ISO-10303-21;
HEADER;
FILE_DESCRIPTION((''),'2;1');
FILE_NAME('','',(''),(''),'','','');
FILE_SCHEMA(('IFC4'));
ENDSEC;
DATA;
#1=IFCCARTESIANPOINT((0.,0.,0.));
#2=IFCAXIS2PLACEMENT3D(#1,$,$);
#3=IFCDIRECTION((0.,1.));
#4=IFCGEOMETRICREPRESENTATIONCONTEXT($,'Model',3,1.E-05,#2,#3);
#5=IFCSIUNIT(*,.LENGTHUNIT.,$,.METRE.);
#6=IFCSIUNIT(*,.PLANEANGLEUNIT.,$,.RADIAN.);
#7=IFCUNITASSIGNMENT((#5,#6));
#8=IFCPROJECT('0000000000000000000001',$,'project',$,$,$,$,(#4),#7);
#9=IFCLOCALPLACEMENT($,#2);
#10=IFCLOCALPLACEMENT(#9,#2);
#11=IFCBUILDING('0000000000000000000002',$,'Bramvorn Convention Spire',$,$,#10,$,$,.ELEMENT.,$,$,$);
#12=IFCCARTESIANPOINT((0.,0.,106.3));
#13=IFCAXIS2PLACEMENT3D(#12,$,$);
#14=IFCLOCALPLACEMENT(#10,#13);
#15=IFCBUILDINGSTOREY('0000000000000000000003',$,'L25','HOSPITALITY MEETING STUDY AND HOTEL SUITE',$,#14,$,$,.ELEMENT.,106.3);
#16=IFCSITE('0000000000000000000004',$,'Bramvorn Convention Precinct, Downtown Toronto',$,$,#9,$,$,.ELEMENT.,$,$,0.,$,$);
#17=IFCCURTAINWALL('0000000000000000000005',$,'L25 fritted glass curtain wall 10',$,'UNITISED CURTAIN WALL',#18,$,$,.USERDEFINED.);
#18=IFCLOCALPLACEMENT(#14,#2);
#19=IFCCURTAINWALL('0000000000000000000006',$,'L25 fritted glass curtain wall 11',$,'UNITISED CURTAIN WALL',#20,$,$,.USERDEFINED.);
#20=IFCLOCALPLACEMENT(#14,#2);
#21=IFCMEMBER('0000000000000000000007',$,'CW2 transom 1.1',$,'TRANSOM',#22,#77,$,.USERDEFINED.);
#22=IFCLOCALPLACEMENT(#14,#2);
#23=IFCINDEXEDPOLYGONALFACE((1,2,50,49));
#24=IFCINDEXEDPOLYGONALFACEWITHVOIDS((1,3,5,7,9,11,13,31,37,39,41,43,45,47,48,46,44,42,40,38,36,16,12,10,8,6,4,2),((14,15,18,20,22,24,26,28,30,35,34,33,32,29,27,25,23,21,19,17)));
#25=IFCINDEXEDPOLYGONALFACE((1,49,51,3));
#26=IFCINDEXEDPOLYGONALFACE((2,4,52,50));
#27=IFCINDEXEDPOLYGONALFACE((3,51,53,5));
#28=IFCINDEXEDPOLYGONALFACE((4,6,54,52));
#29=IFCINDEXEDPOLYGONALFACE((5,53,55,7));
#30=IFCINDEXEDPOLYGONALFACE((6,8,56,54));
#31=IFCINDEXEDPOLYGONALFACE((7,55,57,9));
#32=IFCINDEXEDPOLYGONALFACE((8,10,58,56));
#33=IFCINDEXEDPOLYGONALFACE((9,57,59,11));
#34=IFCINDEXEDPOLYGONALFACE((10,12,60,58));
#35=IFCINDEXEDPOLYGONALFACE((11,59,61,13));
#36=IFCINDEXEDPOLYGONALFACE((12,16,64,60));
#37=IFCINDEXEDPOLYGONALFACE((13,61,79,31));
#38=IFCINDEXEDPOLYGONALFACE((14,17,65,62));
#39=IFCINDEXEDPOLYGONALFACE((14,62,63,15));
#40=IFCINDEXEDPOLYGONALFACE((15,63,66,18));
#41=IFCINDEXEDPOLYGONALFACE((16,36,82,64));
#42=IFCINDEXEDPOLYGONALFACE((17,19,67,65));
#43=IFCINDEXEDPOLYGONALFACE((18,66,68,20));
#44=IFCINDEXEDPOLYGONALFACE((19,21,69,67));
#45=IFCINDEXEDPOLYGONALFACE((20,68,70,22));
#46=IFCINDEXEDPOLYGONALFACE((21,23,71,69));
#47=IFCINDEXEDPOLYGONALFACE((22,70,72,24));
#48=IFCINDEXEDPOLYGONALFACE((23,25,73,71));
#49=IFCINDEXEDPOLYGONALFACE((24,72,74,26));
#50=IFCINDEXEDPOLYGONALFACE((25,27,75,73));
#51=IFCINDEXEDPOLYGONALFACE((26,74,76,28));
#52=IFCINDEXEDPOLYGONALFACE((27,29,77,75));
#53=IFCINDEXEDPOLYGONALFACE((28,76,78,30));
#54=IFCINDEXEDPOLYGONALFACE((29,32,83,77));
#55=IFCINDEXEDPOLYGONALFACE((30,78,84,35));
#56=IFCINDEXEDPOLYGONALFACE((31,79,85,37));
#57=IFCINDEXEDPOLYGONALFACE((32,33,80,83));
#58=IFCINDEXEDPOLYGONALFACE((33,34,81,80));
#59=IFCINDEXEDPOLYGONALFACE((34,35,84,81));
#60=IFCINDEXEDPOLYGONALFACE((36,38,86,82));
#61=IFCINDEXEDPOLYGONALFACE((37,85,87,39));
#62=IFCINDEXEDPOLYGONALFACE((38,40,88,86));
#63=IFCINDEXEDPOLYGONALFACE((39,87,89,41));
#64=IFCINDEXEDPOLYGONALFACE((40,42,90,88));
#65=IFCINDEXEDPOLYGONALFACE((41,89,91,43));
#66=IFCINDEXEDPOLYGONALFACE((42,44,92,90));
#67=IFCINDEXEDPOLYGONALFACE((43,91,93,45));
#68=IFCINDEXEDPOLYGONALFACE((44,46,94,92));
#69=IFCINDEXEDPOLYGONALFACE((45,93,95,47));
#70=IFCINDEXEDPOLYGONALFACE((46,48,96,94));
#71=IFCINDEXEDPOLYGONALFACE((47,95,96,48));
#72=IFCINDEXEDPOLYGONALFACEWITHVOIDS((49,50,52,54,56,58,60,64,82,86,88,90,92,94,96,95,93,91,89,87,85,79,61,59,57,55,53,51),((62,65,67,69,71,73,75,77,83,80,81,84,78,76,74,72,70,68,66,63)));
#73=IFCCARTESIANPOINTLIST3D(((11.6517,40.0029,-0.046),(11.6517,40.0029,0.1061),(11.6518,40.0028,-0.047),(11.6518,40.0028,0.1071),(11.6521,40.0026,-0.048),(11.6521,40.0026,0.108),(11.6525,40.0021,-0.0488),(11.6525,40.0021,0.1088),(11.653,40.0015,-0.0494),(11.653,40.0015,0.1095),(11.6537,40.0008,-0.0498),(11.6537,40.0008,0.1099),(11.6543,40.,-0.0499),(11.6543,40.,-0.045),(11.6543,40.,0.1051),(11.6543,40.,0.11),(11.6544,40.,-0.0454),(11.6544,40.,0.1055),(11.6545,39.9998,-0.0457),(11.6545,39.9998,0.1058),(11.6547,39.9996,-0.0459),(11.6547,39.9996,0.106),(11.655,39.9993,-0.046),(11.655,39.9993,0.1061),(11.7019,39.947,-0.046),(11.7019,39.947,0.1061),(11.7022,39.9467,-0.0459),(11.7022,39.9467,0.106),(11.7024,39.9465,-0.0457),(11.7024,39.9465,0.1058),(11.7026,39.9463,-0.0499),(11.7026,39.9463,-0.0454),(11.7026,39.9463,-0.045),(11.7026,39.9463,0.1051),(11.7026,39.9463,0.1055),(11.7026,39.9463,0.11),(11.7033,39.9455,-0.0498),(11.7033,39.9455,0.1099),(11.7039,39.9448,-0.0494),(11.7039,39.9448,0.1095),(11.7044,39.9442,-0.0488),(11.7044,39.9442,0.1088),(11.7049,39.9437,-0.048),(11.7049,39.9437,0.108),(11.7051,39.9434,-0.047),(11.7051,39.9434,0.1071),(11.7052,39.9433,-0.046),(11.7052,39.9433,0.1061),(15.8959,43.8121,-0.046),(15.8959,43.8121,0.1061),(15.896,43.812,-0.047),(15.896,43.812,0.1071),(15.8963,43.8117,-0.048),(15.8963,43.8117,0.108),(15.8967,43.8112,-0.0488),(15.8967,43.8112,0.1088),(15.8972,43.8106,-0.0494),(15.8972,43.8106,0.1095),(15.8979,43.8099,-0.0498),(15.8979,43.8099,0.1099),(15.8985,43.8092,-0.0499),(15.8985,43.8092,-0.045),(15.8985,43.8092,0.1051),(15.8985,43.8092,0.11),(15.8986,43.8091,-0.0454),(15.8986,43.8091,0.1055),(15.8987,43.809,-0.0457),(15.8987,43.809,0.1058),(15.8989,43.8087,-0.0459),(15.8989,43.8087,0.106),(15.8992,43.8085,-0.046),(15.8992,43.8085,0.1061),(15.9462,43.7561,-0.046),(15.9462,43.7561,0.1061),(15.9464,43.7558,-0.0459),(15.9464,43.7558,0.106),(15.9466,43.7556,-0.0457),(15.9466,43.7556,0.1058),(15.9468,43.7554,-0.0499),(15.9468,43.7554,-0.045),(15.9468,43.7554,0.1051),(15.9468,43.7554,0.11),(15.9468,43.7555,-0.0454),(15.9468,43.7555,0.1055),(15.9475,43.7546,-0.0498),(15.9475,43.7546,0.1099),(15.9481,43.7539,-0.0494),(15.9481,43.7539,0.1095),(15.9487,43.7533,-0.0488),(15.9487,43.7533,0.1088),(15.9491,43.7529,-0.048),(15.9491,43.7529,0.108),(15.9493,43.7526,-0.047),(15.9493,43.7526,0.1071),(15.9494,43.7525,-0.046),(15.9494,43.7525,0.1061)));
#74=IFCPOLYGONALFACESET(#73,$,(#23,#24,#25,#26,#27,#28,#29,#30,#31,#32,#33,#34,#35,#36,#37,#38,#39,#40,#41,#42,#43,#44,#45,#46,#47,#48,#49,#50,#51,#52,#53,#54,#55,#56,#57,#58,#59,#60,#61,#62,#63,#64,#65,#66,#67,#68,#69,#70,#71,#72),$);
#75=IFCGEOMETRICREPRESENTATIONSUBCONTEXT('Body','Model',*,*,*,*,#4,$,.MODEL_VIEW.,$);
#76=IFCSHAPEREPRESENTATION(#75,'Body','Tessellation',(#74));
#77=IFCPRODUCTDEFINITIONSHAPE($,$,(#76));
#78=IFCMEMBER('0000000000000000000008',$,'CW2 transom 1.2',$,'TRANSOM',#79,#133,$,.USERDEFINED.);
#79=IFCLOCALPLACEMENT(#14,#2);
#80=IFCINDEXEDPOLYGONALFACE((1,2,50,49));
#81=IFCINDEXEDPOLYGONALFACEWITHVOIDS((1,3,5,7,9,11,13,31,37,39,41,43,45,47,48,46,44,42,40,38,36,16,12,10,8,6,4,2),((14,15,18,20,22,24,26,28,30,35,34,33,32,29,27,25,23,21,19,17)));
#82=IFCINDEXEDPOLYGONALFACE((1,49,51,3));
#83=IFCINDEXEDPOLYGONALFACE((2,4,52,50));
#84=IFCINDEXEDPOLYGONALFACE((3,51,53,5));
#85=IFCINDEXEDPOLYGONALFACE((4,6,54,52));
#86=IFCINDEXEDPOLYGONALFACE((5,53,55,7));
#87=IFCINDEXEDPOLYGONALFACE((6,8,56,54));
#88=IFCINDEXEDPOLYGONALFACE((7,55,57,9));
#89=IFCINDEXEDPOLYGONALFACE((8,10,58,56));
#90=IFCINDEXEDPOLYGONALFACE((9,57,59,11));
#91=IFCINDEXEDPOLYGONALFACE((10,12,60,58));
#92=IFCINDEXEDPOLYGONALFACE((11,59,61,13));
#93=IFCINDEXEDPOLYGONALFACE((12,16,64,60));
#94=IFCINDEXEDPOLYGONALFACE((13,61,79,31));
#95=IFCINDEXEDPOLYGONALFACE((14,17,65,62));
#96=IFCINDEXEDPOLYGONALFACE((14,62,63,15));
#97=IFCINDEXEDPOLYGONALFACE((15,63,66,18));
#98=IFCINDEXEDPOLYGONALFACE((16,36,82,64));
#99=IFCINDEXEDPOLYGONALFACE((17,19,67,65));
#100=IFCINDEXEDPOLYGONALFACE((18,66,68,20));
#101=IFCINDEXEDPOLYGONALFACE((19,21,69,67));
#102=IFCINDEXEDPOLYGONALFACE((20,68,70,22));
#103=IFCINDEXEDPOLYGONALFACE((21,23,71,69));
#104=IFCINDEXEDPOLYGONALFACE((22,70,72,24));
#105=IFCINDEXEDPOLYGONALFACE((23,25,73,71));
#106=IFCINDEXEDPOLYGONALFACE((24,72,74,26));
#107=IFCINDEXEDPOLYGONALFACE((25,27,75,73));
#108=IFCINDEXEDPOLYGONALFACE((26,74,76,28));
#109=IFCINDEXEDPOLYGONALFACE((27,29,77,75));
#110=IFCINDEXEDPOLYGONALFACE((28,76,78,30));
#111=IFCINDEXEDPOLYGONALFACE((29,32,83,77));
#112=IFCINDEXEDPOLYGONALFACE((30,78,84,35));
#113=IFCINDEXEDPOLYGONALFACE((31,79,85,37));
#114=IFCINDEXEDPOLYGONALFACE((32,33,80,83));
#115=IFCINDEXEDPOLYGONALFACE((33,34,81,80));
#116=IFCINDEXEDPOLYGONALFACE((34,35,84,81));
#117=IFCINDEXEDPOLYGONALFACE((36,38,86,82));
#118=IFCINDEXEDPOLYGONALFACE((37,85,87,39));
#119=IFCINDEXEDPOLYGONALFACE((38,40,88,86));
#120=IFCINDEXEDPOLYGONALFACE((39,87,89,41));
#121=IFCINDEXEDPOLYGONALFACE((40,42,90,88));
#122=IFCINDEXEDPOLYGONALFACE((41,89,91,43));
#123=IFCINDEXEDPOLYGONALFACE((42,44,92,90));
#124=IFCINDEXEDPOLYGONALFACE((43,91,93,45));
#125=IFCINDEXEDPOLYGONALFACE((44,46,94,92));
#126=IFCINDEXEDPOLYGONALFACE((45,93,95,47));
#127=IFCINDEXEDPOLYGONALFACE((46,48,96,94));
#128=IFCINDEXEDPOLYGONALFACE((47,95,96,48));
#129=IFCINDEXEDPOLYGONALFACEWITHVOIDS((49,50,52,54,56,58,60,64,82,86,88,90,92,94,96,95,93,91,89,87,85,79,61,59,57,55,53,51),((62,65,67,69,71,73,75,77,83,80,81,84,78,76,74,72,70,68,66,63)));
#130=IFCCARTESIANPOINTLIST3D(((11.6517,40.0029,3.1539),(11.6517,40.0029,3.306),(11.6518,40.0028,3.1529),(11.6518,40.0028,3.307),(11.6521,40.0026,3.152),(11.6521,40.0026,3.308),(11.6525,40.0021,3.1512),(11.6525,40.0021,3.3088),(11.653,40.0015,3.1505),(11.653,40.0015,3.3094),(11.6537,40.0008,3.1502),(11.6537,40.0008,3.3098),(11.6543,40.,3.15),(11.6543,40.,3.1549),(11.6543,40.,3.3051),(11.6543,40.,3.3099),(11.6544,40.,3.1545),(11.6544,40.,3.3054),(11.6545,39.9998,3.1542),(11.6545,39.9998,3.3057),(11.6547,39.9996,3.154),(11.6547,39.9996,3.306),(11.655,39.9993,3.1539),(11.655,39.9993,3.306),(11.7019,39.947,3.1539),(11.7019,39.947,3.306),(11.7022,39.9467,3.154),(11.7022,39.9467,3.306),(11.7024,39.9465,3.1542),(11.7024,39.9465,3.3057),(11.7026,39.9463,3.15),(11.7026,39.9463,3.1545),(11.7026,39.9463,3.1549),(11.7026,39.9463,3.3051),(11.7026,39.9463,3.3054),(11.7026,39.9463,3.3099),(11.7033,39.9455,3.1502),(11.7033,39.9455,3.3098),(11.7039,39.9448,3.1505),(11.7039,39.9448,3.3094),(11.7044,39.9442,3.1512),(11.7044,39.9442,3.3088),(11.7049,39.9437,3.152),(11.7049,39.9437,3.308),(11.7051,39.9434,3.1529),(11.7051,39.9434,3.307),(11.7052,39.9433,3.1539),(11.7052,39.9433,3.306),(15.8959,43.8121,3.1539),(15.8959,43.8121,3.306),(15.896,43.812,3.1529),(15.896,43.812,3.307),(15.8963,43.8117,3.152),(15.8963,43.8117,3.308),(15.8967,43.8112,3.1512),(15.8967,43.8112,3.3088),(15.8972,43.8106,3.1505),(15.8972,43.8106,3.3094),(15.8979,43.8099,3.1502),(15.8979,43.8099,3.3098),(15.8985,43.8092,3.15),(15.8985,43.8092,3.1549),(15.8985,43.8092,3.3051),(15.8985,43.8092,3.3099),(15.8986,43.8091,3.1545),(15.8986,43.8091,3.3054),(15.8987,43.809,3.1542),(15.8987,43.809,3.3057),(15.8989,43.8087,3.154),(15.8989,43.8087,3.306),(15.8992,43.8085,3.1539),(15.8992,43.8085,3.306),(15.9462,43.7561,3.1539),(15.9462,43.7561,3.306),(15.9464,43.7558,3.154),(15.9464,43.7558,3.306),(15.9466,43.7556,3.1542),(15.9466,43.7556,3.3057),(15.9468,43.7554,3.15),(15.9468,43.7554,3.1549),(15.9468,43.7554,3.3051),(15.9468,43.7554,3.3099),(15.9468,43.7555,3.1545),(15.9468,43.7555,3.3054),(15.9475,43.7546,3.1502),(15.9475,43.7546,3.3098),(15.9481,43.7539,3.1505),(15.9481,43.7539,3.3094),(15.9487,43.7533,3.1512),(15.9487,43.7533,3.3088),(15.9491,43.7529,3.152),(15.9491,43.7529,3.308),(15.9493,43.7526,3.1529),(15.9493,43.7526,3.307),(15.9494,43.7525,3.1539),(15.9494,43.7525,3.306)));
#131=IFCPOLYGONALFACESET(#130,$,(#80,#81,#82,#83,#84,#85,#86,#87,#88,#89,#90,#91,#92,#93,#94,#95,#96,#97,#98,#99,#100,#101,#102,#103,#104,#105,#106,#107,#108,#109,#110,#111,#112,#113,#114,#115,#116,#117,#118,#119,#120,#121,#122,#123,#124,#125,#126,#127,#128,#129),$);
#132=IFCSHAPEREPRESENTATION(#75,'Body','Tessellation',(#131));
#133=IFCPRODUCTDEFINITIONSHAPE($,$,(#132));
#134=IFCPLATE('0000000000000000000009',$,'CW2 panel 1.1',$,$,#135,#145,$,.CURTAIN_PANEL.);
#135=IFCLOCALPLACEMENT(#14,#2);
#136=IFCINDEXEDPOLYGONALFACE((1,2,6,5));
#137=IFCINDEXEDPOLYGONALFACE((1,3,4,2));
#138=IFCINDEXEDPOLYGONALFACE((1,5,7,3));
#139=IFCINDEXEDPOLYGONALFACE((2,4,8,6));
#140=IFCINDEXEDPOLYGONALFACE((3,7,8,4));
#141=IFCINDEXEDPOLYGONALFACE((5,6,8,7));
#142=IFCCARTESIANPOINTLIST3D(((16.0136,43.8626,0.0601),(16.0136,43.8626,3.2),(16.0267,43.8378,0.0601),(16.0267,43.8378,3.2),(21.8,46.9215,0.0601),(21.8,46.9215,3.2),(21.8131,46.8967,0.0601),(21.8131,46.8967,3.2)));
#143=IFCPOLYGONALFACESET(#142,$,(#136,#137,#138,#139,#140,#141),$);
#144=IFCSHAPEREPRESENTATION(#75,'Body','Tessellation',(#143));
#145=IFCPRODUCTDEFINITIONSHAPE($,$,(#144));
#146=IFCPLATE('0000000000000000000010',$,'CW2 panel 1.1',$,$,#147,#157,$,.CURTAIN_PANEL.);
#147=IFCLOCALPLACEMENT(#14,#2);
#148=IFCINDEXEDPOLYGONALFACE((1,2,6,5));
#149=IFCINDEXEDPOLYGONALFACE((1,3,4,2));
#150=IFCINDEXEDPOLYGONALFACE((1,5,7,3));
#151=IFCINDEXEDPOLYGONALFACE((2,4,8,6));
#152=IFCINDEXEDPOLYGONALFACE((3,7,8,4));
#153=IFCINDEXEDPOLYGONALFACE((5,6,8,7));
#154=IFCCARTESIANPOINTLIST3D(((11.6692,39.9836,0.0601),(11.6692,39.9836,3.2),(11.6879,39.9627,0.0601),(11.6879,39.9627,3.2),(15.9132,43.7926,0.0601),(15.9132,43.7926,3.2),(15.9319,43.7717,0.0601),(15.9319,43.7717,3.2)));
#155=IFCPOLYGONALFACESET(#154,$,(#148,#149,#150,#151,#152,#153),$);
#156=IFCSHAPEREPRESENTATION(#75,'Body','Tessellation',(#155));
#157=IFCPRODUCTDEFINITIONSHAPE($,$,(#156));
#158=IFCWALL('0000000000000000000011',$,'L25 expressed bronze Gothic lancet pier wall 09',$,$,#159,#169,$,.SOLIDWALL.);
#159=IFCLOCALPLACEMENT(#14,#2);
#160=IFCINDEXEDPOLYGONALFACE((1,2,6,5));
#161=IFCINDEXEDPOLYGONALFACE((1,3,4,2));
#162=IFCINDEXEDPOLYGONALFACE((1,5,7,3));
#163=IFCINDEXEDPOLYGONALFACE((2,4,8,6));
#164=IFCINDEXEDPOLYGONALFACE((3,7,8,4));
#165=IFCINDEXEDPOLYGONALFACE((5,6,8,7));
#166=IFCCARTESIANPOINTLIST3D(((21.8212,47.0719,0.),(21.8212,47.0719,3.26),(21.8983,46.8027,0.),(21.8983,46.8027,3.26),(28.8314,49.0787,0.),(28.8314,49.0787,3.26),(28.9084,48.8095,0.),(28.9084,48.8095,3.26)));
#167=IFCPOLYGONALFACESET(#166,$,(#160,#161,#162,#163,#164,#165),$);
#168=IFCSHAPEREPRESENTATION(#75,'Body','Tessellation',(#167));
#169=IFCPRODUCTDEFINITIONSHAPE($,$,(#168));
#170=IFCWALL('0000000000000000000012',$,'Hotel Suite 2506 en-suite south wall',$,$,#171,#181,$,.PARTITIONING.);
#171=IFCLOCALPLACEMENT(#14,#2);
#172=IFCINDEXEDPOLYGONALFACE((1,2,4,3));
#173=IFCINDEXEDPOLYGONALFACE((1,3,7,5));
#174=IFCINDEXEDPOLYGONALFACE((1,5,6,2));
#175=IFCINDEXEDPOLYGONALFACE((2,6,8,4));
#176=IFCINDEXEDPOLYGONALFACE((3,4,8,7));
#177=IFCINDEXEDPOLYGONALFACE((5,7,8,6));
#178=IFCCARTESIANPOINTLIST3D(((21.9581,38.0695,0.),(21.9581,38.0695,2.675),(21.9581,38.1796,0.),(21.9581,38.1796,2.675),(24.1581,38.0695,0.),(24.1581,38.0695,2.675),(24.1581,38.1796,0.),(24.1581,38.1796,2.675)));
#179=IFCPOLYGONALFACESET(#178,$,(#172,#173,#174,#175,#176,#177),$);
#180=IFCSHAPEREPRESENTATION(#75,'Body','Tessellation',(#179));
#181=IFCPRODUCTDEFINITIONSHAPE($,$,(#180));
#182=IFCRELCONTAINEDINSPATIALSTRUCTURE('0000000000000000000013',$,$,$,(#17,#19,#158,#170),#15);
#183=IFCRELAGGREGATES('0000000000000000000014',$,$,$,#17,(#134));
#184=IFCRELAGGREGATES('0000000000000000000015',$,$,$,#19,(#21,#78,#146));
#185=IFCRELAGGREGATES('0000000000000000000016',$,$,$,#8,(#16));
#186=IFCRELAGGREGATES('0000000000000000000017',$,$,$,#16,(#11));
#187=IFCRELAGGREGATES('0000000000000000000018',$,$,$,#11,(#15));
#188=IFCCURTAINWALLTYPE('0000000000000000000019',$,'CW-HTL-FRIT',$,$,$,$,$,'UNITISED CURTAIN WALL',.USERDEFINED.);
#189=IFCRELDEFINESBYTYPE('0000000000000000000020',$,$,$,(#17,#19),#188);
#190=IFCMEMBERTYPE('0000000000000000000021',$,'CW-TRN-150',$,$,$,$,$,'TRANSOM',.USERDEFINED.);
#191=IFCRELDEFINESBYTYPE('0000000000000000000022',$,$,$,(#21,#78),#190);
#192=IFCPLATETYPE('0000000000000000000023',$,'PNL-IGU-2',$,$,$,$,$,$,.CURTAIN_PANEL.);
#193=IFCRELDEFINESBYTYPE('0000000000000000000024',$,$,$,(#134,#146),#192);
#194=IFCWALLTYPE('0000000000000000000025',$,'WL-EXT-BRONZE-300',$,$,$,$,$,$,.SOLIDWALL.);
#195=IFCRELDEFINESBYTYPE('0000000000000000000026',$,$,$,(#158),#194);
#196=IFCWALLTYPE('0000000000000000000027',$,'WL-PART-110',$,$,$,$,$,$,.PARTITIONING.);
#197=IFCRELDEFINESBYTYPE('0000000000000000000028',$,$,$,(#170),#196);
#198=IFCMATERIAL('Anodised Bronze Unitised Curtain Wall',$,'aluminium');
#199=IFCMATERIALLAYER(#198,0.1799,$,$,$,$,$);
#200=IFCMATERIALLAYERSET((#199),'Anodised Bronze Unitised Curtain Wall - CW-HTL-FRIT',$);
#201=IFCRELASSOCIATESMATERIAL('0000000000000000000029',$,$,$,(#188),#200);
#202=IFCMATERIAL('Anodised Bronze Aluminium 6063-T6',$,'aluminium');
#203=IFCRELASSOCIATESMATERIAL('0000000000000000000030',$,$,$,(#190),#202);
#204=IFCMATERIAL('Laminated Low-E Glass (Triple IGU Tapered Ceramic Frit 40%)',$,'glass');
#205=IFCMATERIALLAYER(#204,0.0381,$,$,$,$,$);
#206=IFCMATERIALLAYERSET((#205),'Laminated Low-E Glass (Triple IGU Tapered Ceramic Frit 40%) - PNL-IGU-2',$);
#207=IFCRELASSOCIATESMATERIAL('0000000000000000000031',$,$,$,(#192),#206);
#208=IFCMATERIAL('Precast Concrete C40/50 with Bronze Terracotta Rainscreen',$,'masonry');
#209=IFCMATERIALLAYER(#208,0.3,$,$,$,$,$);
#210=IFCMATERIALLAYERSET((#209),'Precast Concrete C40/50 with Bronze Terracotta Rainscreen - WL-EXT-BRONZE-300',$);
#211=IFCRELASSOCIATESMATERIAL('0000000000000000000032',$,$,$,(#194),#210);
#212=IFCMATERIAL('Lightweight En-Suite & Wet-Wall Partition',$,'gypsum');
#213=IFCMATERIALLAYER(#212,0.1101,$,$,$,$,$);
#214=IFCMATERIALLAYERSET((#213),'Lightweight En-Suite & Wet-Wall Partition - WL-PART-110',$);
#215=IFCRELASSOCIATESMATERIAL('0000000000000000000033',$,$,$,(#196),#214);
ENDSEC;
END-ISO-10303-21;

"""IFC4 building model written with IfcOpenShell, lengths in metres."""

from ifc_helpers import new_model, si_unit, direction, frame, frame_2d, origin, origin_2d, place, context, subcontext, project, spatial, rectangle, hollow_rectangle, extrude, material, layer, layer_set, material_profile, profile_set, type_object, element, aggregate, save


model = new_model("IFC4")

# Units and contexts
model_context = context("Model", 3, precision=1e-05, world=origin(), true_north=direction((0.0, 1.0)))
body_context = subcontext(model_context, "Body", "Model", "MODEL_VIEW")
ifc_project = project(units=[si_unit("LENGTHUNIT", "METRE"), si_unit("PLANEANGLEUNIT", "RADIAN")], contexts=[model_context])

# Site, building, storey
site_placement = place(None, origin())
site = spatial("IfcSite", under=ifc_project, at=site_placement, Name="Bramvorn Convention Precinct, Downtown Toronto", CompositionType="ELEMENT", RefElevation=0.0)
building_placement = place(site_placement, origin())
building = spatial("IfcBuilding", under=site, at=building_placement, Name="Bramvorn Convention Spire", CompositionType="ELEMENT")
storey_placement = place(building_placement, frame((0.0, 0.0, 106.3)))
storey = spatial("IfcBuildingStorey", under=building, at=storey_placement, Name="L25", Description="HOSPITALITY MEETING STUDY AND HOTEL SUITE", CompositionType="ELEMENT", Elevation=106.3)

# Curtain walls
ifc_material_1 = material(Name="Anodised Bronze Unitised Curtain Wall", Category="aluminium")
ifc_layer_1 = layer(ifc_material_1, 0.1799)
ifc_layer_set_1 = layer_set([ifc_layer_1], Name="Anodised Bronze Unitised Curtain Wall - CW-HTL-FRIT")
curtain_wall_type = type_object("IfcCurtainWallType", Name="CW-HTL-FRIT", ElementType="UNITISED CURTAIN WALL", PredefinedType="USERDEFINED", material=ifc_layer_set_1)
curtain_wall_1_placement = place(storey_placement, origin())
curtain_wall_1 = element("IfcCurtainWall", 1, at=curtain_wall_1_placement, inside=storey, type_object=curtain_wall_type, Name="L25 fritted glass curtain wall 10", ObjectType="UNITISED CURTAIN WALL", PredefinedType="USERDEFINED")
ifc_material_2 = material(Name="Anodised Bronze Aluminium 6063-T6", Category="aluminium")
curtain_wall_2_placement = place(storey_placement, origin())
curtain_wall_2 = element("IfcCurtainWall", 2, at=curtain_wall_2_placement, inside=storey, type_object=curtain_wall_type, Name="L25 fritted glass curtain wall 11", ObjectType="UNITISED CURTAIN WALL", PredefinedType="USERDEFINED")

# Members
ifc_material_profile_1 = material_profile(ifc_material_2, hollow_rectangle(XDim=0.0801, YDim=0.1599, WallThickness=0.0039, InnerFilletRadius=0.001, OuterFilletRadius=0.0039, at=origin_2d()))
ifc_profile_set_1 = profile_set([ifc_material_profile_1], Name="Anodised Bronze Aluminium 6063-T6 - CWT80X160")
member_type_1 = type_object("IfcMemberType", Name="CW-TRN-150", ElementType="TRANSOM", PredefinedType="USERDEFINED", material=ifc_profile_set_1)
member_1_placement = place(storey_placement, frame((11.6785, 39.9731, 0.03), z_axis=(0.744222, 0.667933, 0.0), x_axis=(-0.667933, 0.744222, 0.0)))
member_1 = element("IfcMember", 3, at=member_1_placement, type_object=member_type_1, Name="CW2 transom 1.1", ObjectType="TRANSOM", PredefinedType="USERDEFINED", context=body_context, shape_type="SweptSolid", body=[
    extrude(hollow_rectangle(XDim=0.0801, YDim=0.1599, WallThickness=0.0039, InnerFilletRadius=0.001, OuterFilletRadius=0.0039, at=origin_2d()), origin(), (0.0, 0.0, 1.0), 5.7029),
])
member_2_placement = place(storey_placement, frame((11.6785, 39.9731, 3.23), z_axis=(0.744222, 0.667933, 0.0), x_axis=(-0.667933, 0.744222, 0.0)))
member_2 = element("IfcMember", 4, at=member_2_placement, type_object=member_type_1, Name="CW2 transom 1.2", ObjectType="TRANSOM", PredefinedType="USERDEFINED", context=body_context, shape_type="SweptSolid", body=[
    extrude(hollow_rectangle(XDim=0.0801, YDim=0.1599, WallThickness=0.0039, InnerFilletRadius=0.001, OuterFilletRadius=0.0039, at=origin_2d()), origin(), (0.0, 0.0, 1.0), 5.7029),
])

# Plates
ifc_material_3 = material(Name="Laminated Low-E Glass (Triple IGU Tapered Ceramic Frit 40%)", Category="glass")
ifc_layer_2 = layer(ifc_material_3, 0.0381)
ifc_layer_set_2 = layer_set([ifc_layer_2], Name="Laminated Low-E Glass (Triple IGU Tapered Ceramic Frit 40%) - PNL-IGU-2")
plate_type = type_object("IfcPlateType", Name="PNL-IGU-2", PredefinedType="CURTAIN_PANEL", material=ifc_layer_set_2)
plate_1_placement = place(storey_placement, frame((18.9133, 45.3796, 0.0601), z_axis=(0.0, 0.0, 1.0), x_axis=(0.884074, 0.467348, 0.0)))
plate_1 = element("IfcPlate", 5, at=plate_1_placement, type_object=plate_type, Name="CW2 panel 1.1", PredefinedType="CURTAIN_PANEL", context=body_context, shape_type="SweptSolid", body=[
    extrude(rectangle(XDim=6.5452, YDim=0.0281, at=origin_2d()), origin(), (0.0, 0.0, 1.0), 3.1399),
])
aggregate(curtain_wall_1, [plate_1])
plate_2_placement = place(storey_placement, frame((13.8005, 41.8777, 0.0601), z_axis=(0.0, 0.0, 1.0), x_axis=(0.744221, 0.667934, 0.0)))
plate_2 = element("IfcPlate", 6, at=plate_2_placement, type_object=plate_type, Name="CW2 panel 1.1", PredefinedType="CURTAIN_PANEL", context=body_context, shape_type="SweptSolid", body=[
    extrude(rectangle(XDim=5.7026, YDim=0.0281, at=origin_2d()), origin(), (0.0, 0.0, 1.0), 3.1399),
])
aggregate(curtain_wall_2, [member_1, member_2, plate_2])

# Walls
ifc_material_4 = material(Name="Precast Concrete C40/50 with Bronze Terracotta Rainscreen", Category="masonry")
ifc_layer_3 = layer(ifc_material_4, 0.3)
ifc_layer_set_3 = layer_set([ifc_layer_3], Name="Precast Concrete C40/50 with Bronze Terracotta Rainscreen - WL-EXT-BRONZE-300")
wall_type_1 = type_object("IfcWallType", Name="WL-EXT-BRONZE-300", PredefinedType="SOLIDWALL", material=ifc_layer_set_3)
wall_1_placement = place(storey_placement, frame((21.8596, 46.9373, 0.0), z_axis=(0.0, 0.0, 1.0), x_axis=(0.961382, 0.275216, 0.0)))
element("IfcWall", 7, at=wall_1_placement, inside=storey, type_object=wall_type_1, Name="L25 expressed bronze Gothic lancet pier wall 09", PredefinedType="SOLIDWALL", context=body_context, shape_type="SweptSolid", body=[
    extrude(rectangle(XDim=7.2917, YDim=0.28, at=frame_2d((3.646, 0.0))), origin(), (0.0, 0.0, 1.0), 3.26),
])
ifc_material_5 = material(Name="Lightweight En-Suite & Wet-Wall Partition", Category="gypsum")
ifc_layer_4 = layer(ifc_material_5, 0.1101)
ifc_layer_set_4 = layer_set([ifc_layer_4], Name="Lightweight En-Suite & Wet-Wall Partition - WL-PART-110")
wall_type_2 = type_object("IfcWallType", Name="WL-PART-110", PredefinedType="PARTITIONING", material=ifc_layer_set_4)
wall_2_placement = place(storey_placement, frame((21.958, 38.1245, 0.0), z_axis=(0.0, 0.0, 1.0), x_axis=(1.0, 0.0, 0.0)))
element("IfcWall", 8, at=wall_2_placement, inside=storey, type_object=wall_type_2, Name="Hotel Suite 2506 en-suite south wall", PredefinedType="PARTITIONING", context=body_context, shape_type="SweptSolid", body=[
    extrude(rectangle(XDim=2.2, YDim=0.1101, at=frame_2d((1.1001, 0.0))), origin(), (0.0, 0.0, 1.0), 2.675),
])

save(model, "model.ifc")
